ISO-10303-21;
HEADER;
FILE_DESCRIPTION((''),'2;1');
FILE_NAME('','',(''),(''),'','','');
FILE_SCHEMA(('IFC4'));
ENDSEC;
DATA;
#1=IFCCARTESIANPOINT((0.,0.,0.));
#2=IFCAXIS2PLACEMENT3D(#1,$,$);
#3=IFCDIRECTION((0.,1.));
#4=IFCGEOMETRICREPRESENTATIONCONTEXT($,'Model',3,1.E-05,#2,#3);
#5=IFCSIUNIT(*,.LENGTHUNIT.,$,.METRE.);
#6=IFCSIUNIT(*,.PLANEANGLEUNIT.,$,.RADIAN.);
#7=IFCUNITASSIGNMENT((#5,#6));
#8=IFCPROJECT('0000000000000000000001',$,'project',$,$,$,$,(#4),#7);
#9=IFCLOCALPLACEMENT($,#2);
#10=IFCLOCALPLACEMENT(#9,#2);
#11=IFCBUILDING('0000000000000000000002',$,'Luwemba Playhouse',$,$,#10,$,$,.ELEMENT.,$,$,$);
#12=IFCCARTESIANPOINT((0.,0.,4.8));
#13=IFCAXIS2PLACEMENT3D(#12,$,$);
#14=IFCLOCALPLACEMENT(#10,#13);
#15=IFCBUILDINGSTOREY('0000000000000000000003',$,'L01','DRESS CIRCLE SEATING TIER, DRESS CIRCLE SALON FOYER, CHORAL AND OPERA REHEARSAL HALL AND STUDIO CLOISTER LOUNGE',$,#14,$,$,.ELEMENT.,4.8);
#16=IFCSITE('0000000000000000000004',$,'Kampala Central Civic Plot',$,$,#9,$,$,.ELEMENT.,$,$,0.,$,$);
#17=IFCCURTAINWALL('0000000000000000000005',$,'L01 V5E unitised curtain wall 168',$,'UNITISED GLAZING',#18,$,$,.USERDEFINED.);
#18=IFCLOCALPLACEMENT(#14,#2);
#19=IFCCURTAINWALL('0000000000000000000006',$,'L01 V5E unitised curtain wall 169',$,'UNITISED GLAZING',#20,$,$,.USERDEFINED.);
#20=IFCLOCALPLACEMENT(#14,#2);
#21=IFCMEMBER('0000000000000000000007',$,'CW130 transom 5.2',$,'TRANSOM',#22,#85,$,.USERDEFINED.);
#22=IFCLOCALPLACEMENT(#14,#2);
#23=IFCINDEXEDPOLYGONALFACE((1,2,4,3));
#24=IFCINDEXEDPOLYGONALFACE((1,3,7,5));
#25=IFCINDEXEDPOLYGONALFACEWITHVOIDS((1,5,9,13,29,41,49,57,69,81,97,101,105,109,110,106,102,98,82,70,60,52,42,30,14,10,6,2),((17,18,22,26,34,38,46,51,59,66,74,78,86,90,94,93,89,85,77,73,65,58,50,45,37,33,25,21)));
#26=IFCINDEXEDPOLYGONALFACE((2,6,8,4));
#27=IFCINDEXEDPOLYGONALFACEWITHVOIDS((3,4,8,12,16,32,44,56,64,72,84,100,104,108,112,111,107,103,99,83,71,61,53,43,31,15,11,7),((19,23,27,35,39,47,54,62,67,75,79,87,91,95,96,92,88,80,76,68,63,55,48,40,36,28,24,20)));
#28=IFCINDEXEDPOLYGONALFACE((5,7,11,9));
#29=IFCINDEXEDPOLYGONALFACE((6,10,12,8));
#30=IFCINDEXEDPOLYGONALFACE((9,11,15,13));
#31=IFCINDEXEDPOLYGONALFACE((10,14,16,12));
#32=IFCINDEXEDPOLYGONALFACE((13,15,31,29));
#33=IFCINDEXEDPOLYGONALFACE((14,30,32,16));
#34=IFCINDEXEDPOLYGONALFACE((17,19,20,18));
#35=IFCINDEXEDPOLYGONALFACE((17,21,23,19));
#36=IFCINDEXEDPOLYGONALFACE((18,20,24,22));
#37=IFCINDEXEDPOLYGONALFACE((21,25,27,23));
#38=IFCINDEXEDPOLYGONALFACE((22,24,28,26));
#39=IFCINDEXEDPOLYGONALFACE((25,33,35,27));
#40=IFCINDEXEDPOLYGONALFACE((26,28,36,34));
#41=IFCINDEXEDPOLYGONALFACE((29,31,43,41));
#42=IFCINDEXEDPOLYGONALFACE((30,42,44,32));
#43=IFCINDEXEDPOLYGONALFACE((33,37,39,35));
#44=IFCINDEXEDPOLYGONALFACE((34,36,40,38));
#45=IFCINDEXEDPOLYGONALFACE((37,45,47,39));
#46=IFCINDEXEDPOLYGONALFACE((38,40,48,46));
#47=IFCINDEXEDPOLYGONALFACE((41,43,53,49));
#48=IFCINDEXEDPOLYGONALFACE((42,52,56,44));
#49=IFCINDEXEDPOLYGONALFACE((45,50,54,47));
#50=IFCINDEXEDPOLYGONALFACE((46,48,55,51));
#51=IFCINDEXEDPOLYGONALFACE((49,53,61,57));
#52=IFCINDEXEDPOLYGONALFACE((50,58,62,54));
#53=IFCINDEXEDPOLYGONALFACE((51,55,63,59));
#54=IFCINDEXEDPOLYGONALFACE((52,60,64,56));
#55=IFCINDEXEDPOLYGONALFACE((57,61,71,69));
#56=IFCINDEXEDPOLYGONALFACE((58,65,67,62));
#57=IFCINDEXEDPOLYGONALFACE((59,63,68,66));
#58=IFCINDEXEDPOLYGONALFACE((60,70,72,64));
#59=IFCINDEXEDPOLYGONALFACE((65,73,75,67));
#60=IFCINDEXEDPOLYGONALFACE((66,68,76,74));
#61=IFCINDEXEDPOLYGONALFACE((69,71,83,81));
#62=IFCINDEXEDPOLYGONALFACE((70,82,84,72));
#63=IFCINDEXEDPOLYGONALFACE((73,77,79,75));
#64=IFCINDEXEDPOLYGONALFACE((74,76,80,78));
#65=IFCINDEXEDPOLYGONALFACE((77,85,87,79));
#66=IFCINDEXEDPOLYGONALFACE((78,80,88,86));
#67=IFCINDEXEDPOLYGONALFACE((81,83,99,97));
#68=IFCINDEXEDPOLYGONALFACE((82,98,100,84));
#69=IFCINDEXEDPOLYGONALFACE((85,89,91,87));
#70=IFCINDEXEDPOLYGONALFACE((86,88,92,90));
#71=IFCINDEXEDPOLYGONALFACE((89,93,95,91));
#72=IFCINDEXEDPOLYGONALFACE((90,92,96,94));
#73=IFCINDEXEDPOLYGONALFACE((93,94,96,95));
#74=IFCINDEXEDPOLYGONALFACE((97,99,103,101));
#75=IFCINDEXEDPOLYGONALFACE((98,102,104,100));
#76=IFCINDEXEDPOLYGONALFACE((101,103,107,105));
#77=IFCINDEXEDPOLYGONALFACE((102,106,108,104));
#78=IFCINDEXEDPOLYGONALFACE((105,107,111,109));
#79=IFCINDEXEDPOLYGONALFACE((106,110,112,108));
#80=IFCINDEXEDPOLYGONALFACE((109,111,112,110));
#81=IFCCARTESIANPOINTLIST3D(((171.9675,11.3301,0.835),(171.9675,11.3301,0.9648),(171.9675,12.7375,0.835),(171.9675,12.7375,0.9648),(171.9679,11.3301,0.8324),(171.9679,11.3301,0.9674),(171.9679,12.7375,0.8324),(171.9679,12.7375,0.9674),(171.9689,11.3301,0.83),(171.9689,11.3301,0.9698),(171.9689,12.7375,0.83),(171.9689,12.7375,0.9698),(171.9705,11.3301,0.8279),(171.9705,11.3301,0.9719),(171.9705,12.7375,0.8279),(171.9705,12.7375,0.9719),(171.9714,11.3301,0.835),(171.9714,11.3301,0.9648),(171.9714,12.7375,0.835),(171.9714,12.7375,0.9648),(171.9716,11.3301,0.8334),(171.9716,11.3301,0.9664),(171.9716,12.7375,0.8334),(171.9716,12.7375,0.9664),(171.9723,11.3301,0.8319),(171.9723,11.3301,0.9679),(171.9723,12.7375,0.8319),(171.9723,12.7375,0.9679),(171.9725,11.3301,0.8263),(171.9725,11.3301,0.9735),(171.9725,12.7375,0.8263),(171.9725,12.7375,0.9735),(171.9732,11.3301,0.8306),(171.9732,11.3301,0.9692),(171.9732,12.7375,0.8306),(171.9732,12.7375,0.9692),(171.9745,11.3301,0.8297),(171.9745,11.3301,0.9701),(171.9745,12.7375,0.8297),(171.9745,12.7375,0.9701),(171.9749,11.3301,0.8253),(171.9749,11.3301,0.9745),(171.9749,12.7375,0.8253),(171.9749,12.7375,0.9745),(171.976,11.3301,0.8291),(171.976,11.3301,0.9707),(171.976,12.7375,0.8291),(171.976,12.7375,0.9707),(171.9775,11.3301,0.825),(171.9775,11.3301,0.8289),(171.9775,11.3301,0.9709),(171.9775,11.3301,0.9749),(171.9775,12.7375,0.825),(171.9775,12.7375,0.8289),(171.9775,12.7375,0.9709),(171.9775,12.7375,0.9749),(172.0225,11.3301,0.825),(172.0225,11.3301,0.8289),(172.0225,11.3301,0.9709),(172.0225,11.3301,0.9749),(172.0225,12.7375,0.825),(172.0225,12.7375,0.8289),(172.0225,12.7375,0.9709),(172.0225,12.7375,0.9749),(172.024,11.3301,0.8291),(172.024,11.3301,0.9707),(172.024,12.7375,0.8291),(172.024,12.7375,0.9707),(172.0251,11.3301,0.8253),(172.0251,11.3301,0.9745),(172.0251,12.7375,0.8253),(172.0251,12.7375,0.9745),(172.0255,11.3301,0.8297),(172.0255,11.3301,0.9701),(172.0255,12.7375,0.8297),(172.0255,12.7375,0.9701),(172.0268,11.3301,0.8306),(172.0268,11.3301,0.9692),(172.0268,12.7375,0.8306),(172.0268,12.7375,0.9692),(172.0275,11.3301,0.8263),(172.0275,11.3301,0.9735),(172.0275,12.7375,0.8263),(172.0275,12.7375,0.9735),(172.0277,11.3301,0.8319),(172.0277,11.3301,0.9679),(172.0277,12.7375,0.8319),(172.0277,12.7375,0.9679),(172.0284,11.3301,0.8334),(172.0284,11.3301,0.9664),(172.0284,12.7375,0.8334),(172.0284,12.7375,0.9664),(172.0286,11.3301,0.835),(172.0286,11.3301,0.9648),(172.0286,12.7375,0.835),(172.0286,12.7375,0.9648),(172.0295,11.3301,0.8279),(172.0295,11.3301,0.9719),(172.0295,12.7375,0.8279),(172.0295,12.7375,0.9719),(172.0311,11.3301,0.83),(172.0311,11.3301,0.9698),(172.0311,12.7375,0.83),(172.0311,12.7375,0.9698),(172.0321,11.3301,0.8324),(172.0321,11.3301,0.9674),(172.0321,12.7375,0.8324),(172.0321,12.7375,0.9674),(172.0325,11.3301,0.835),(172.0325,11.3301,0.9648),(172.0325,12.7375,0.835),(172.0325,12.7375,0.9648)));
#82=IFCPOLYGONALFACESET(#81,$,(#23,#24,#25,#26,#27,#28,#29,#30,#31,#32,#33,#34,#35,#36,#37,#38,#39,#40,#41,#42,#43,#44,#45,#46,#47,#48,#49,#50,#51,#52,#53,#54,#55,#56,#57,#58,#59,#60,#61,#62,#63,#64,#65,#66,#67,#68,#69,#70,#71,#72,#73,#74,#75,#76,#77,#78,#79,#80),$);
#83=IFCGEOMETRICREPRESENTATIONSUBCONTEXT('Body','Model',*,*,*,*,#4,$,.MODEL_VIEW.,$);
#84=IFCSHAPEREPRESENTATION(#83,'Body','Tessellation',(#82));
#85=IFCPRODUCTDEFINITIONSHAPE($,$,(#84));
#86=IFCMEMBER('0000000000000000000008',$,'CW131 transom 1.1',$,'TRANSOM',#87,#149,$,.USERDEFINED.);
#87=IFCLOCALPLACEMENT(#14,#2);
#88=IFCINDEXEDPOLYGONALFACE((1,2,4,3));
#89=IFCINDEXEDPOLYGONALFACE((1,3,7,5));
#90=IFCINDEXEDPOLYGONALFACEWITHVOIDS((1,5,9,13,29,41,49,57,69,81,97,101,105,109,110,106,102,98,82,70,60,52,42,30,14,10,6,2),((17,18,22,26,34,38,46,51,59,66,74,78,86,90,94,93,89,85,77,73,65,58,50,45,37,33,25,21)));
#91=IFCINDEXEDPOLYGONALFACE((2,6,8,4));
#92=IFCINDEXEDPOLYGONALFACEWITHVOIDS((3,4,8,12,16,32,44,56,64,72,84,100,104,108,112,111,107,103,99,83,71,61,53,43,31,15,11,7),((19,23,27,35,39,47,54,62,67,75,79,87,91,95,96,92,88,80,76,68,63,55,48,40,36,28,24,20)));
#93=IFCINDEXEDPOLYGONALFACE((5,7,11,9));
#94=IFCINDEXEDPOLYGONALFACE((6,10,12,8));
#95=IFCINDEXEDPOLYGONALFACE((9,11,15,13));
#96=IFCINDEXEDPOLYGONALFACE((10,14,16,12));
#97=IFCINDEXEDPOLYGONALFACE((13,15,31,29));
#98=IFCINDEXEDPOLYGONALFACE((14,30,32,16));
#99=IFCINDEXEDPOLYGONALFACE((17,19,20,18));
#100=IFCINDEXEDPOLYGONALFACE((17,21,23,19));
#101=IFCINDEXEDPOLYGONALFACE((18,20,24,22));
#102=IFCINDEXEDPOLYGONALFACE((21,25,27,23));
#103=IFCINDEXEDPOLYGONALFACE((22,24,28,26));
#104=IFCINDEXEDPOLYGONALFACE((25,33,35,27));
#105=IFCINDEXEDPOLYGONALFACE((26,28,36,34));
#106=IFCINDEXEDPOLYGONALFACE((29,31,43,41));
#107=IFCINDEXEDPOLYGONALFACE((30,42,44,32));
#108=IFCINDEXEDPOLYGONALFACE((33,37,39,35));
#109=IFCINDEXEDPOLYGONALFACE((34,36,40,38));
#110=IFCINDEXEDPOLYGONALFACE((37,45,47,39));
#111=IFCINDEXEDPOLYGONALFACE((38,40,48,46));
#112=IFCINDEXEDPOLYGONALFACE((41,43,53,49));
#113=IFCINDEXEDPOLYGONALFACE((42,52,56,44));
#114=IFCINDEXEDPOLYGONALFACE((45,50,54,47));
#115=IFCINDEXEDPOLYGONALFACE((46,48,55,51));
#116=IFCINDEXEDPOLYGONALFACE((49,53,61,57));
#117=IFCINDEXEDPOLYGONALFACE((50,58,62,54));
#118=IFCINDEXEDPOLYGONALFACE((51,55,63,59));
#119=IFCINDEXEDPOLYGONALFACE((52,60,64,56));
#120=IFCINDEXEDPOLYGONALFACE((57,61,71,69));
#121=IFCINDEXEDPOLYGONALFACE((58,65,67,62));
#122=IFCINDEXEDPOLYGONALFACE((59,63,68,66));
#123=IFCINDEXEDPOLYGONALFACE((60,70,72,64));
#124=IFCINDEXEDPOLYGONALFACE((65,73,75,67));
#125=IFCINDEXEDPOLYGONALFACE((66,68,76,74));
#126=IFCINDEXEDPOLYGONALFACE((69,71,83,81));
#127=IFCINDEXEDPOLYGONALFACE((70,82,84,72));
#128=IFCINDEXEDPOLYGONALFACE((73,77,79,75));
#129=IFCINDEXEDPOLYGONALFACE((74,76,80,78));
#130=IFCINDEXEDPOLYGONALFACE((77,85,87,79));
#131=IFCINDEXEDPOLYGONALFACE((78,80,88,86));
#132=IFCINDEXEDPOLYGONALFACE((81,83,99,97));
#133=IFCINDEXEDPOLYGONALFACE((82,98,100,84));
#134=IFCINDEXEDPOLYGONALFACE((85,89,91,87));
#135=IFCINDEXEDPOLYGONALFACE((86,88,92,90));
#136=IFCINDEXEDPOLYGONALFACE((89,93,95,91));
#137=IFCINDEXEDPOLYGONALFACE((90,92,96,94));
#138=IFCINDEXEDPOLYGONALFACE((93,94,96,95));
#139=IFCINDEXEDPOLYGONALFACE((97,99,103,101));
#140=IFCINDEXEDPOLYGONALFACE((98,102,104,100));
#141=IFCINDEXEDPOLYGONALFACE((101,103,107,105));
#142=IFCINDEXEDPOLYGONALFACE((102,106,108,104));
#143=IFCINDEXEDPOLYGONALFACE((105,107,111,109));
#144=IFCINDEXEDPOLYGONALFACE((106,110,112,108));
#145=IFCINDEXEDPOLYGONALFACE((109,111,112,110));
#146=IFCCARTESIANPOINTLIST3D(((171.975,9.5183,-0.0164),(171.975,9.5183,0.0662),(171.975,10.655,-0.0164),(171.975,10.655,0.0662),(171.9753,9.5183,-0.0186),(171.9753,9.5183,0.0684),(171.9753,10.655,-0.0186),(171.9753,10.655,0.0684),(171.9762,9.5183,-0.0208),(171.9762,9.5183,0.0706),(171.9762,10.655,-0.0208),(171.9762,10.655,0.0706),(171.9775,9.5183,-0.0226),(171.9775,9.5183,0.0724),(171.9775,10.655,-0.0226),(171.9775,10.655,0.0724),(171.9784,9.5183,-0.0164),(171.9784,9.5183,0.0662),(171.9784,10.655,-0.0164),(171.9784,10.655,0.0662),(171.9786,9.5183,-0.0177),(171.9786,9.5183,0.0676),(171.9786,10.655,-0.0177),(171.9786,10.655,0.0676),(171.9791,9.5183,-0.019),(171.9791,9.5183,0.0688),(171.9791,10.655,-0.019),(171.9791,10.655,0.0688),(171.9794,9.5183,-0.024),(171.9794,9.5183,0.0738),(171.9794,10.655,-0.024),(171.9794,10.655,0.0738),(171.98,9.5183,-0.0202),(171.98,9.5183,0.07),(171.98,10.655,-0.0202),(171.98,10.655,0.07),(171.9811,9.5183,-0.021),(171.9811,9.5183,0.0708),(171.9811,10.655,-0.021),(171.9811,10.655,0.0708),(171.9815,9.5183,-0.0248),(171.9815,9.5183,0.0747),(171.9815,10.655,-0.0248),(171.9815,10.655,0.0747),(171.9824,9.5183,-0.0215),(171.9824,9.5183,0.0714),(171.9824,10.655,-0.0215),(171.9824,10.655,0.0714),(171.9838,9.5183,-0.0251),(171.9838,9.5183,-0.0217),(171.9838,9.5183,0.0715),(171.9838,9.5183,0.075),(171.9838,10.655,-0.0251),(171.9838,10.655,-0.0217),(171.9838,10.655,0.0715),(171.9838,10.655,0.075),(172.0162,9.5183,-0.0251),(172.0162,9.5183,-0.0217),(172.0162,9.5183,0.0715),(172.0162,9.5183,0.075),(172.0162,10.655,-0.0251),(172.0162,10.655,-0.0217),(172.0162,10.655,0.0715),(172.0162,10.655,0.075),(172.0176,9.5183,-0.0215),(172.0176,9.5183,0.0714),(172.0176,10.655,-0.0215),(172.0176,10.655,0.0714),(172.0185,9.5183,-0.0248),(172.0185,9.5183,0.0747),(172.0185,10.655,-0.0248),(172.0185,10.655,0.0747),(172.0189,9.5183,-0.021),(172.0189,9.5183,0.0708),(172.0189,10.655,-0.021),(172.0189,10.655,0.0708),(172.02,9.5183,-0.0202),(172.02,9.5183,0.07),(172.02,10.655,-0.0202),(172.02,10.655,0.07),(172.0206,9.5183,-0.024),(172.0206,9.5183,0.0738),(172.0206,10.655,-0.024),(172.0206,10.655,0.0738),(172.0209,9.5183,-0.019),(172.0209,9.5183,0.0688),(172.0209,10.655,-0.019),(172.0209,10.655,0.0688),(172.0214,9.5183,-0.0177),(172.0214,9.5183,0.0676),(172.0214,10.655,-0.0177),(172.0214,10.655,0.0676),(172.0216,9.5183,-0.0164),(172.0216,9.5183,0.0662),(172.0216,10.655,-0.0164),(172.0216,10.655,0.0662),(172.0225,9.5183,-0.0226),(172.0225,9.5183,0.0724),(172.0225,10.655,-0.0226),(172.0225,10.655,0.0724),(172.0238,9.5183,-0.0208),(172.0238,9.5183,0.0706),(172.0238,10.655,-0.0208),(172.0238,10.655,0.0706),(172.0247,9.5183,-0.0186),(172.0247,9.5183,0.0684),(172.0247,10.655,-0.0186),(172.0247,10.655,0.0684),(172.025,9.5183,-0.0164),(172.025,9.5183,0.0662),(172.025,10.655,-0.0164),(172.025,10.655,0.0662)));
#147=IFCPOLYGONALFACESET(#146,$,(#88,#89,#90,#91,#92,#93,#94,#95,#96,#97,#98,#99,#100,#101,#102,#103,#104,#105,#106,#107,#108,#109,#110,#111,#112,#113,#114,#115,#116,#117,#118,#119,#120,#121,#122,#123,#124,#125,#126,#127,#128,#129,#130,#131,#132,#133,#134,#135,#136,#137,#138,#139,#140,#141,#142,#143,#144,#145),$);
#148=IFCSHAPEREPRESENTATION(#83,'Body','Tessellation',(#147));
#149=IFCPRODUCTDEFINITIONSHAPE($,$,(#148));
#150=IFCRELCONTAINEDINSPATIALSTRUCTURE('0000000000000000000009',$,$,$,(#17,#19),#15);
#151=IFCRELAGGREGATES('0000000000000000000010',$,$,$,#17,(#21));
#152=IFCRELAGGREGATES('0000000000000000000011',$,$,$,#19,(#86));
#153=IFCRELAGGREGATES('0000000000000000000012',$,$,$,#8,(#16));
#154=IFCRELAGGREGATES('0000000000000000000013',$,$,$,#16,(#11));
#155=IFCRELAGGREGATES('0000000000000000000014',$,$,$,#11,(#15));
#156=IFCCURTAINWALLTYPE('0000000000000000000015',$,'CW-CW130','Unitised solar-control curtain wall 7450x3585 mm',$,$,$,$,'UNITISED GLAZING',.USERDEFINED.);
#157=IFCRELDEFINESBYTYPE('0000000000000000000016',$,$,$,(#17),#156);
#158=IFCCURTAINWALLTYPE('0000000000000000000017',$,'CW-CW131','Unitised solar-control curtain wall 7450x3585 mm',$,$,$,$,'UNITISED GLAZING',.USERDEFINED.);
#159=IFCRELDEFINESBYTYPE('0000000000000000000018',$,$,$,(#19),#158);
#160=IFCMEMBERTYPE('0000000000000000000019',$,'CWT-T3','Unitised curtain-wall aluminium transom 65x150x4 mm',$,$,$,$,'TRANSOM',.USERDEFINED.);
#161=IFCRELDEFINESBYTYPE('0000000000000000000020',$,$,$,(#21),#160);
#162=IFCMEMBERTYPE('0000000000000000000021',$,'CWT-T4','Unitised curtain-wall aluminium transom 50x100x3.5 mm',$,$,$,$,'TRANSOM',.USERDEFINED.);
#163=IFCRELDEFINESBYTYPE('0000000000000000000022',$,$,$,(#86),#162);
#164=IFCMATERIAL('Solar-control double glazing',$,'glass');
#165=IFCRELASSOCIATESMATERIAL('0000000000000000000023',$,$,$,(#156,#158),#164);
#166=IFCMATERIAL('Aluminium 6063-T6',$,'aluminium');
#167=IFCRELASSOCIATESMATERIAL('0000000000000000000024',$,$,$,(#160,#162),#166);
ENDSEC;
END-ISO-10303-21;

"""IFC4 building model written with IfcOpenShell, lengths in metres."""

from ifc_helpers import new_model, si_unit, direction, frame, origin, origin_2d, place, context, subcontext, project, spatial, hollow_rectangle, extrude, material, material_profile, profile_set, type_object, element, aggregate, save


model = new_model("IFC4")

# Units and contexts
model_context = context("Model", 3, precision=1e-05, world=origin(), true_north=direction((0.0, 1.0)))
body_context = subcontext(model_context, "Body", "Model", "MODEL_VIEW")
ifc_project = project(units=[si_unit("LENGTHUNIT", "METRE"), si_unit("PLANEANGLEUNIT", "RADIAN")], contexts=[model_context])

# Site, building, storey
site_placement = place(None, origin())
site = spatial("IfcSite", under=ifc_project, at=site_placement, Name="Kampala Central Civic Plot", CompositionType="ELEMENT", RefElevation=0.0)
building_placement = place(site_placement, origin())
building = spatial("IfcBuilding", under=site, at=building_placement, Name="Luwemba Playhouse", CompositionType="ELEMENT")
storey_placement = place(building_placement, frame((0.0, 0.0, 4.8)))
storey = spatial("IfcBuildingStorey", under=building, at=storey_placement, Name="L01", Description="DRESS CIRCLE SEATING TIER, DRESS CIRCLE SALON FOYER, CHORAL AND OPERA REHEARSAL HALL AND STUDIO CLOISTER LOUNGE", CompositionType="ELEMENT", Elevation=4.8)

# Curtain walls
ifc_material_1 = material(Name="Solar-control double glazing", Category="glass")
curtain_wall_type_1 = type_object("IfcCurtainWallType", Name="CW-CW130", Description="Unitised solar-control curtain wall 7450x3585 mm", ElementType="UNITISED GLAZING", PredefinedType="USERDEFINED", material=ifc_material_1)
curtain_wall_1_placement = place(storey_placement, origin())
curtain_wall_1 = element("IfcCurtainWall", 1, at=curtain_wall_1_placement, inside=storey, type_object=curtain_wall_type_1, Name="L01 V5E unitised curtain wall 168", ObjectType="UNITISED GLAZING", PredefinedType="USERDEFINED")
ifc_material_2 = material(Name="Aluminium 6063-T6", Category="aluminium")
curtain_wall_type_2 = type_object("IfcCurtainWallType", Name="CW-CW131", Description="Unitised solar-control curtain wall 7450x3585 mm", ElementType="UNITISED GLAZING", PredefinedType="USERDEFINED", material=ifc_material_1)
curtain_wall_2_placement = place(storey_placement, origin())
curtain_wall_2 = element("IfcCurtainWall", 2, at=curtain_wall_2_placement, inside=storey, type_object=curtain_wall_type_2, Name="L01 V5E unitised curtain wall 169", ObjectType="UNITISED GLAZING", PredefinedType="USERDEFINED")

# Members
ifc_material_profile_1 = material_profile(ifc_material_2, hollow_rectangle(XDim=0.0649, YDim=0.1499, WallThickness=0.0039, InnerFilletRadius=0.0061, OuterFilletRadius=0.01, at=origin_2d()))
ifc_profile_set_1 = profile_set([ifc_material_profile_1], Name="Aluminium 6063-T6")
member_type_1 = type_object("IfcMemberType", Name="CWT-T3", Description="Unitised curtain-wall aluminium transom 65x150x4 mm", ElementType="TRANSOM", PredefinedType="USERDEFINED", material=ifc_profile_set_1)
member_1_placement = place(storey_placement, frame((172.0, 12.7375, 0.8999), z_axis=(0.0, -1.0, 0.0), x_axis=(1.0, 0.0, 0.0)))
member_1 = element("IfcMember", 3, at=member_1_placement, type_object=member_type_1, Name="CW130 transom 5.2", ObjectType="TRANSOM", PredefinedType="USERDEFINED", context=body_context, shape_type="SweptSolid", body=[
    extrude(hollow_rectangle(XDim=0.0649, YDim=0.1499, WallThickness=0.0039, InnerFilletRadius=0.0061, OuterFilletRadius=0.01, at=origin_2d()), origin(), (0.0, 0.0, 1.0), 1.4075),
])
ifc_material_profile_2 = material_profile(ifc_material_2, hollow_rectangle(XDim=0.05, YDim=0.1001, WallThickness=0.0034, InnerFilletRadius=0.0054, OuterFilletRadius=0.0088, at=origin_2d()))
ifc_profile_set_2 = profile_set([ifc_material_profile_2], Name="Aluminium 6063-T6")
member_type_2 = type_object("IfcMemberType", Name="CWT-T4", Description="Unitised curtain-wall aluminium transom 50x100x3.5 mm", ElementType="TRANSOM", PredefinedType="USERDEFINED", material=ifc_profile_set_2)
member_2_placement = place(storey_placement, frame((172.0, 10.655, 0.0249), z_axis=(0.0, -1.0, 0.0), x_axis=(1.0, 0.0, 0.0)))
member_2 = element("IfcMember", 4, at=member_2_placement, type_object=member_type_2, Name="CW131 transom 1.1", ObjectType="TRANSOM", PredefinedType="USERDEFINED", context=body_context, shape_type="SweptSolid", body=[
    extrude(hollow_rectangle(XDim=0.05, YDim=0.1001, WallThickness=0.0034, InnerFilletRadius=0.0054, OuterFilletRadius=0.0088, at=origin_2d()), origin(), (0.0, 0.0, 1.0), 1.1367),
])

aggregate(curtain_wall_1, [member_1])
aggregate(curtain_wall_2, [member_2])

save(model, "model.ifc")
